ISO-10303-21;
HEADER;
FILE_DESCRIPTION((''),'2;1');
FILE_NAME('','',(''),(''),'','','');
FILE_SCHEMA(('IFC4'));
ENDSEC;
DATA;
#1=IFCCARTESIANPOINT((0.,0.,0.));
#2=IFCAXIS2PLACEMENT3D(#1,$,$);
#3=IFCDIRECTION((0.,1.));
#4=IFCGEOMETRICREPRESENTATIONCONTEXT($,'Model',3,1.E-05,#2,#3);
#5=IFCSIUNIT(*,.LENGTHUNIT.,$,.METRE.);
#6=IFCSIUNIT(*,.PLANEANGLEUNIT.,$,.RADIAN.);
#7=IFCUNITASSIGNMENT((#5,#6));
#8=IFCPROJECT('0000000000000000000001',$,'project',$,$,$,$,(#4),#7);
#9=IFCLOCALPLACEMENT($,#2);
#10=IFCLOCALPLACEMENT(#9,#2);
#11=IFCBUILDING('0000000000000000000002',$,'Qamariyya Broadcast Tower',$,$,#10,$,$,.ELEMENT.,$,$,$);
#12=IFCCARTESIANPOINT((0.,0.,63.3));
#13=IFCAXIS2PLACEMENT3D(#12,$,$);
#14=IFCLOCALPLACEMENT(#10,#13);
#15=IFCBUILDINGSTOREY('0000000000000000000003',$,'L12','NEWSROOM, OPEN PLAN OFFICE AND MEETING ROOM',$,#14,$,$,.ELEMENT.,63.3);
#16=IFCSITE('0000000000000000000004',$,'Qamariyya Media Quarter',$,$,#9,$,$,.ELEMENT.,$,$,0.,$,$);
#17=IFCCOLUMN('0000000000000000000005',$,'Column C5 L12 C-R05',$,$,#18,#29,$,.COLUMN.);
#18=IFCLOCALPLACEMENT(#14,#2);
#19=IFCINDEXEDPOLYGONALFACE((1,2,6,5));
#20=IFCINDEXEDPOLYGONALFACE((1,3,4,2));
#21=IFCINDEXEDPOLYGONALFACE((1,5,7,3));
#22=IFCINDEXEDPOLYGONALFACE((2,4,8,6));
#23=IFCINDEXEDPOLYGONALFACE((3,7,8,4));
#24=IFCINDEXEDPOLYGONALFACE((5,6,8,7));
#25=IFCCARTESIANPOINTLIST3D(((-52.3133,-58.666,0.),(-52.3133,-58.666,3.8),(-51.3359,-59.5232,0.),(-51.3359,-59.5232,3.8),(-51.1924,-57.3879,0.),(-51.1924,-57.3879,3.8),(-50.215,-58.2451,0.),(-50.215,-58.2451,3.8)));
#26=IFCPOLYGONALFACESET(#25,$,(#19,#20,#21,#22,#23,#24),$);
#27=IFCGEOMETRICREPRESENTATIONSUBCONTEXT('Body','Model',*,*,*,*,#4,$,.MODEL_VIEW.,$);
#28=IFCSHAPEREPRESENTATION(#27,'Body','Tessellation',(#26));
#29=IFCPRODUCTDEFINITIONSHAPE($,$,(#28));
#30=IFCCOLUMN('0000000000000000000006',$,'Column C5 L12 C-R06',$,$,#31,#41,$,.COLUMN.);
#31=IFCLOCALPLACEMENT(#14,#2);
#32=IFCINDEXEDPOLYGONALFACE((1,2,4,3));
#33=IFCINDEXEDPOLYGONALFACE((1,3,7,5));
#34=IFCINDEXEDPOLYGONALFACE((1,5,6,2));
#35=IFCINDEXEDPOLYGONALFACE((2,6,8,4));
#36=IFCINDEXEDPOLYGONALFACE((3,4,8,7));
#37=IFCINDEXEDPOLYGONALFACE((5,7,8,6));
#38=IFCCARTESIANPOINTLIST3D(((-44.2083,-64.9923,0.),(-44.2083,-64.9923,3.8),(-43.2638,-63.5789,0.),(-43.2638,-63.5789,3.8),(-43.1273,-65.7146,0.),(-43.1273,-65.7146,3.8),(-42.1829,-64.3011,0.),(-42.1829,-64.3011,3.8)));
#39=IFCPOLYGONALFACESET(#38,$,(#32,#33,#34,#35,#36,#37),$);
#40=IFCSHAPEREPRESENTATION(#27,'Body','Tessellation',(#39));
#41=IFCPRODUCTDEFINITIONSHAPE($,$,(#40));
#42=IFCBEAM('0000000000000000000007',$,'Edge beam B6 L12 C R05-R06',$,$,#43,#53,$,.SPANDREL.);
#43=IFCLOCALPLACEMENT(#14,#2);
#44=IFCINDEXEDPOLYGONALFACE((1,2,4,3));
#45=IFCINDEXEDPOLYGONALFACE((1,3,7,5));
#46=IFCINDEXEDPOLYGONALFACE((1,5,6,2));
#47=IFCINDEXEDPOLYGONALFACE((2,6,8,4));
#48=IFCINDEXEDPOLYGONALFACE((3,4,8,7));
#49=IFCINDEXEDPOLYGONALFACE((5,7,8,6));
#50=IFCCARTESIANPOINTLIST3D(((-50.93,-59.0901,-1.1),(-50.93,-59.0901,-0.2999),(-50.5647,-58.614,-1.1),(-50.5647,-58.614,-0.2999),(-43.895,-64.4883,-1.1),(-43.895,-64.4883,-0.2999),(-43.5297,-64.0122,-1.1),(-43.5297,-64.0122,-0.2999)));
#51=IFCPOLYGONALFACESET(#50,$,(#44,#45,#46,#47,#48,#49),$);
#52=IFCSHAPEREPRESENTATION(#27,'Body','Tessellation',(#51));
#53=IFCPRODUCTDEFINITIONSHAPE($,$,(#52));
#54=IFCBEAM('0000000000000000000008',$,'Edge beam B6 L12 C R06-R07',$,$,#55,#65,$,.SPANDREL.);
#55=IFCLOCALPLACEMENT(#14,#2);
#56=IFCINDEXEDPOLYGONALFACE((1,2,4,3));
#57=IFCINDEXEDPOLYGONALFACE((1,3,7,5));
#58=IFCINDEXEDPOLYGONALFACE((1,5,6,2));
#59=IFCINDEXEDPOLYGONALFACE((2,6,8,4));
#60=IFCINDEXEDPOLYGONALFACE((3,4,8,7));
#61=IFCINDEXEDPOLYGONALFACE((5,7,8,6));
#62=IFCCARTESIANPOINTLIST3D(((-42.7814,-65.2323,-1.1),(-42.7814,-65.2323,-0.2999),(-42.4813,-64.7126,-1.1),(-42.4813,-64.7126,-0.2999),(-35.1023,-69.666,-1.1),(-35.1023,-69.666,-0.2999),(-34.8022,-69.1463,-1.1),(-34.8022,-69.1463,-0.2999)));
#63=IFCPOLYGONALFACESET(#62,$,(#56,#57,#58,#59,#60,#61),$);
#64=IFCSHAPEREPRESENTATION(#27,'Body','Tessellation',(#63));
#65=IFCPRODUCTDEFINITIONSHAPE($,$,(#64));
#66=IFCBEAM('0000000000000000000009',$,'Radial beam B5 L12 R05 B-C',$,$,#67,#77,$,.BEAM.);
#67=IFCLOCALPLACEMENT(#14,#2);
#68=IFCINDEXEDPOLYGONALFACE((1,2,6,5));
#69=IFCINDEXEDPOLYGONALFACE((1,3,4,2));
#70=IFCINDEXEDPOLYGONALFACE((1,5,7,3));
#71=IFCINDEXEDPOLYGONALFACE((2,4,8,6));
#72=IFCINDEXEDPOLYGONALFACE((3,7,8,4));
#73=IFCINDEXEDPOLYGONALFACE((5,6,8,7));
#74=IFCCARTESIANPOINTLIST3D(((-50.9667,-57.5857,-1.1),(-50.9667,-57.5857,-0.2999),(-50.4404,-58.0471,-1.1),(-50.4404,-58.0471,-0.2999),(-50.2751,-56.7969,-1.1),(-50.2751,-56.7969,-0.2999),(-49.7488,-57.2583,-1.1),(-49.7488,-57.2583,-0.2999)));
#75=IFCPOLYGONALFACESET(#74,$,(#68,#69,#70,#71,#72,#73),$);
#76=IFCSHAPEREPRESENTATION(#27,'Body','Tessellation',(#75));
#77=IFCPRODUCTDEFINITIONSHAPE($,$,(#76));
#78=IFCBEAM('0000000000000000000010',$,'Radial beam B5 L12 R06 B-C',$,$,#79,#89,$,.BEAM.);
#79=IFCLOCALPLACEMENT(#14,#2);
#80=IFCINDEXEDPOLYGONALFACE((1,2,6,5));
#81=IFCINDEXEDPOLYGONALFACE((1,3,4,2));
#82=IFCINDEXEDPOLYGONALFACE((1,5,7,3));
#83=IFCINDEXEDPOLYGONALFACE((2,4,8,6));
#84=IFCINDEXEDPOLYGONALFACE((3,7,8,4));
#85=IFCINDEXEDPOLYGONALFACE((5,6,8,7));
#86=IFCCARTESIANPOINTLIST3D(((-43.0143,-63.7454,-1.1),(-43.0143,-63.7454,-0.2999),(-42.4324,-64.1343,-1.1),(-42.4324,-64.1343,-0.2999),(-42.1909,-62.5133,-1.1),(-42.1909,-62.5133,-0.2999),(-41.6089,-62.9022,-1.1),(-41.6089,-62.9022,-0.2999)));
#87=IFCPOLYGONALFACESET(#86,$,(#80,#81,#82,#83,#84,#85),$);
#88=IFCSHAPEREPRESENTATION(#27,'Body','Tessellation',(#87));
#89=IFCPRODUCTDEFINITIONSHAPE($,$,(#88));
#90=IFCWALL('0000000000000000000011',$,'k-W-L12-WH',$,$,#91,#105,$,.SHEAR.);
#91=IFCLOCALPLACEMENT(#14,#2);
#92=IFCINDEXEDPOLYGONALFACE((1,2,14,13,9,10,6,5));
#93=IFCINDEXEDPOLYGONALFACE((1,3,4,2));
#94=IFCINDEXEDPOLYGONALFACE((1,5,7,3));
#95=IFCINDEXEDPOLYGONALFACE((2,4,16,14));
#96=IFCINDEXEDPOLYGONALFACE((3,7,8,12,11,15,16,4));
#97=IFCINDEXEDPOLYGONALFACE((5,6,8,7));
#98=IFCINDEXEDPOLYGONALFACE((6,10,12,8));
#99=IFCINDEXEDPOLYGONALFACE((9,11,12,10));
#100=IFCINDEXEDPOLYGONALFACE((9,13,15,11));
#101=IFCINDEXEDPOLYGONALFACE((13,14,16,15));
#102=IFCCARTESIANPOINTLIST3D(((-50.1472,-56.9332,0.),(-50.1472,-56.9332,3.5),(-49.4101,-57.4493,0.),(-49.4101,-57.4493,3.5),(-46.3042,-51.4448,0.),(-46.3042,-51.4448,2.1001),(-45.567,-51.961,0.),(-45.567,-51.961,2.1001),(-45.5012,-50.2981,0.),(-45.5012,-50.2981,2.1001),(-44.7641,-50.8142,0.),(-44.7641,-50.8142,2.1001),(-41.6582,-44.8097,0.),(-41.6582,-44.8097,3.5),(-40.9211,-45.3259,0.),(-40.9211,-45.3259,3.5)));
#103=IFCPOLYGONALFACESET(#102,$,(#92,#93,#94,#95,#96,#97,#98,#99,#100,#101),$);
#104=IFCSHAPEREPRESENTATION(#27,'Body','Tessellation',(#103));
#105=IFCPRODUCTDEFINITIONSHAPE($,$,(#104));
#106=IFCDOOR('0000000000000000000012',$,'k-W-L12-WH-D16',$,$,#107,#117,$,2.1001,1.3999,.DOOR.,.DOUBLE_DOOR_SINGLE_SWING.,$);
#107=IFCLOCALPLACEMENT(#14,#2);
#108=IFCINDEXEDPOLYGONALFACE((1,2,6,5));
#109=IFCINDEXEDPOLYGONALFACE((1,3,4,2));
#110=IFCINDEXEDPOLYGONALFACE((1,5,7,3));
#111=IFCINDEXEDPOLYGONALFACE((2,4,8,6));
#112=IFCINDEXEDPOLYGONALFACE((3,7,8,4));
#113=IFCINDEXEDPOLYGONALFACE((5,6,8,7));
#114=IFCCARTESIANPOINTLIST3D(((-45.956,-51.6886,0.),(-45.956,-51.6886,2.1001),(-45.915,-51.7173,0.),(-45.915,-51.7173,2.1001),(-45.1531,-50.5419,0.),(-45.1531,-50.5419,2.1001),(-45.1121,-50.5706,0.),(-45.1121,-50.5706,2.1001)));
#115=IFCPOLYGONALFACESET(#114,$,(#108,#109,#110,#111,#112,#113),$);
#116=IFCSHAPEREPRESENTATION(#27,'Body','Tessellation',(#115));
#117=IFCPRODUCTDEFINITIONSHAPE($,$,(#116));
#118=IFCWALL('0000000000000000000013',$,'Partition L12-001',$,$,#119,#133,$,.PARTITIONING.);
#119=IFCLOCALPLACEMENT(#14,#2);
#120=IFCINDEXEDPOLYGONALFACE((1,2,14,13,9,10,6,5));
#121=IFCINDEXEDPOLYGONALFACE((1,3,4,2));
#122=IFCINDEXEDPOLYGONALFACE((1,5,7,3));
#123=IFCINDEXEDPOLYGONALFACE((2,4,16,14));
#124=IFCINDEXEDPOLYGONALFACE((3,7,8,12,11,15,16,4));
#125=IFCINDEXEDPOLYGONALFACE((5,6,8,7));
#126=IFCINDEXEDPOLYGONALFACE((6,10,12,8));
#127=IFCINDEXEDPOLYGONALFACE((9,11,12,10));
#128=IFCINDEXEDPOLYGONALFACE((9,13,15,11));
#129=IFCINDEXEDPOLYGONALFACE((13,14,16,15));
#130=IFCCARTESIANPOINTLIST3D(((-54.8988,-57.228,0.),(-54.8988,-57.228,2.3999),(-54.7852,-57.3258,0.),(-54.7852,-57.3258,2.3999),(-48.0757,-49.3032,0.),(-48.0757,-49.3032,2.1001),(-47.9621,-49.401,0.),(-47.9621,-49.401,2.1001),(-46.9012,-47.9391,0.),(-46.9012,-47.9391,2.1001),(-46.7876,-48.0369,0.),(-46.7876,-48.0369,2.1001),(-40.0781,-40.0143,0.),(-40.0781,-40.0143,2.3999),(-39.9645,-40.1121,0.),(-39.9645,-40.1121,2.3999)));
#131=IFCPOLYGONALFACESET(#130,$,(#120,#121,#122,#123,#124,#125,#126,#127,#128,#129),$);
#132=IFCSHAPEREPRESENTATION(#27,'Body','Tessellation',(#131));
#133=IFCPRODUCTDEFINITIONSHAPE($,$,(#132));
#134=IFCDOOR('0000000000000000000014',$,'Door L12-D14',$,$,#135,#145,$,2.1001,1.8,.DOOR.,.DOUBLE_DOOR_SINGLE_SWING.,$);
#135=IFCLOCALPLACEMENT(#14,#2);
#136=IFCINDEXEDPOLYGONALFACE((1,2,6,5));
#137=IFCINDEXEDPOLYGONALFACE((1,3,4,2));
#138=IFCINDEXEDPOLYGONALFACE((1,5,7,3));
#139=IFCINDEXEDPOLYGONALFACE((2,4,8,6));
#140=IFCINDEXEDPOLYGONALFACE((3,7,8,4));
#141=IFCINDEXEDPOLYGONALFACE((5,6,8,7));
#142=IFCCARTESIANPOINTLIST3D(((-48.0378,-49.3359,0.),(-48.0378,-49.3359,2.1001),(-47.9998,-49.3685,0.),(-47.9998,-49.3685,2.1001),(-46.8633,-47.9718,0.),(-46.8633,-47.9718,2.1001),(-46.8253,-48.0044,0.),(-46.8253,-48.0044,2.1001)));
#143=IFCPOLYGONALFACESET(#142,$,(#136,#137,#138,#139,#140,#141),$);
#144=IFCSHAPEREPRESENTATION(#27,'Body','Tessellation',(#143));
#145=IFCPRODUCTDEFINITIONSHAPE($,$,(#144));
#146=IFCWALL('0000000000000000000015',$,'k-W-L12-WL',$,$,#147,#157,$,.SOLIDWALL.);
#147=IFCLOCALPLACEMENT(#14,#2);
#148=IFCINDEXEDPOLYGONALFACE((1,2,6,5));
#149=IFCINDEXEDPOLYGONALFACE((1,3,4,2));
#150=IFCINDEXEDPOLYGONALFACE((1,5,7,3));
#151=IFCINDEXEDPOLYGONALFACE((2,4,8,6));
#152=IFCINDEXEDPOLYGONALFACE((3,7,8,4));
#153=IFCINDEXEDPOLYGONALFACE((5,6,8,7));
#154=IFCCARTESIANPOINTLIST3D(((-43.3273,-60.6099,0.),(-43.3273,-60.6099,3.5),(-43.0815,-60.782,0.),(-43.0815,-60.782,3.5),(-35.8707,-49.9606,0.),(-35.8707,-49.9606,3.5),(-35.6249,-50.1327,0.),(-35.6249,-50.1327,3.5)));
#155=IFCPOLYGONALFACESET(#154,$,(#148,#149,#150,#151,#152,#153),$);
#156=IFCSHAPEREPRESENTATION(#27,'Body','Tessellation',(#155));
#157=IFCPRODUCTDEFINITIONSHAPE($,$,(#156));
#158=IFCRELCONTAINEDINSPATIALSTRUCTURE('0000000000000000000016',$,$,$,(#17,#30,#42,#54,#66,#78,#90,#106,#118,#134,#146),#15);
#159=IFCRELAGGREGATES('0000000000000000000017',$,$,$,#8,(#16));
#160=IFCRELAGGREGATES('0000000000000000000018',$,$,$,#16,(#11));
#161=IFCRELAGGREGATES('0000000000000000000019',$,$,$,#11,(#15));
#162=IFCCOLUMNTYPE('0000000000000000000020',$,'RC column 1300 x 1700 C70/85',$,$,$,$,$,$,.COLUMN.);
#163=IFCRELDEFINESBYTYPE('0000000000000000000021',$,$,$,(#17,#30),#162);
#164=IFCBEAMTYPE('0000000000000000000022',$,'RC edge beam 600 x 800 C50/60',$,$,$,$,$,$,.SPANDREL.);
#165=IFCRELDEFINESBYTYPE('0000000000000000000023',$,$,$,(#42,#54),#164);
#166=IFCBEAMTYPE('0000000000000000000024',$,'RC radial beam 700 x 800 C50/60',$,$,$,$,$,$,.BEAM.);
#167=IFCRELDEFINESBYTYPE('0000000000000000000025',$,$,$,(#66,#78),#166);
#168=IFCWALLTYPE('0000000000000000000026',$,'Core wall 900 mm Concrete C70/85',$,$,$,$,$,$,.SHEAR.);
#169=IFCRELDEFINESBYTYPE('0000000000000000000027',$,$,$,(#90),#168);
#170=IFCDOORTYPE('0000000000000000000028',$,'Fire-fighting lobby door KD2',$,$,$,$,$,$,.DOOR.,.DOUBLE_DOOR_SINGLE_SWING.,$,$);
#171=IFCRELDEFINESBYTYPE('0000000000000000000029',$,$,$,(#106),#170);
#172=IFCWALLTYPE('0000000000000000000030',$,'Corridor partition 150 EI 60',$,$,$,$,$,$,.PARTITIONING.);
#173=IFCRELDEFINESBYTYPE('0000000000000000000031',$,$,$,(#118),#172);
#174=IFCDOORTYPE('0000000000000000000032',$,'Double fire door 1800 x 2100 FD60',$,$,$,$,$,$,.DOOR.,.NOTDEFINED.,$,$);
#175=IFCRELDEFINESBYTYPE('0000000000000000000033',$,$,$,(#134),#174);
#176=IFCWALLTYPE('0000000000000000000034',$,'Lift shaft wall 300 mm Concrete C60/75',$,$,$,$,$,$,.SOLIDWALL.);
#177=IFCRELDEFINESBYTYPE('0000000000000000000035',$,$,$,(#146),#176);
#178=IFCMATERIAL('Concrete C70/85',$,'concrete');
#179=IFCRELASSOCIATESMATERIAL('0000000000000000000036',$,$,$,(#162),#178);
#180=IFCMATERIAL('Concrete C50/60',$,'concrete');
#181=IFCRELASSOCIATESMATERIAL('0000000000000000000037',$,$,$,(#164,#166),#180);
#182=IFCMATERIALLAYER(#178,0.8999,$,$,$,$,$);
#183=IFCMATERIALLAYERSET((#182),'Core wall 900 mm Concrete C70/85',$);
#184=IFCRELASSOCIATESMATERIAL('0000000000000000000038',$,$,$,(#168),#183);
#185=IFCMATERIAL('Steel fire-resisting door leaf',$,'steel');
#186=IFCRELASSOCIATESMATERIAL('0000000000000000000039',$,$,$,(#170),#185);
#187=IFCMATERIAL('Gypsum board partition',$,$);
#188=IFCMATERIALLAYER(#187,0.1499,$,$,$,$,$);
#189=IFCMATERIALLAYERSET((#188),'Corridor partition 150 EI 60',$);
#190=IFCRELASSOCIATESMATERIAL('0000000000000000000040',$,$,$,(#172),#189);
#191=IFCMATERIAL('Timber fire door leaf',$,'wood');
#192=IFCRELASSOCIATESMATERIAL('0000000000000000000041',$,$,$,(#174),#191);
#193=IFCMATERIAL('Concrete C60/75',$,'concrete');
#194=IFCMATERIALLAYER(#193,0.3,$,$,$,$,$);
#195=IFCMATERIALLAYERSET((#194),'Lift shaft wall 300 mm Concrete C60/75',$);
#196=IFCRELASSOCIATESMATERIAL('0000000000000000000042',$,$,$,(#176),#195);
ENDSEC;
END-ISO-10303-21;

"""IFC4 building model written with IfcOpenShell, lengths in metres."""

from ifc_helpers import new_model, si_unit, direction, frame, frame_2d, origin, origin_2d, place, context, subcontext, project, spatial, rectangle, extrude, material, layer, layer_set, material_profile, profile_set, type_object, element, fill, save


model = new_model("IFC4")

# Units and contexts
model_context = context("Model", 3, precision=1e-05, world=origin(), true_north=direction((0.0, 1.0)))
body_context = subcontext(model_context, "Body", "Model", "MODEL_VIEW")
ifc_project = project(units=[si_unit("LENGTHUNIT", "METRE"), si_unit("PLANEANGLEUNIT", "RADIAN")], contexts=[model_context])

# Site, building, storey
site_placement = place(None, origin())
site = spatial("IfcSite", under=ifc_project, at=site_placement, Name="Qamariyya Media Quarter", CompositionType="ELEMENT", RefElevation=0.0)
building_placement = place(site_placement, origin())
building = spatial("IfcBuilding", under=site, at=building_placement, Name="Qamariyya Broadcast Tower", CompositionType="ELEMENT")
storey_placement = place(building_placement, frame((0.0, 0.0, 63.3)))
storey = spatial("IfcBuildingStorey", under=building, at=storey_placement, Name="L12", Description="NEWSROOM, OPEN PLAN OFFICE AND MEETING ROOM", CompositionType="ELEMENT", Elevation=63.3)

# Columns
ifc_material_1 = material(Name="Concrete C70/85", Category="concrete")
ifc_material_profile_1 = material_profile(ifc_material_1, rectangle(XDim=1.3, YDim=1.7, at=origin_2d()))
ifc_profile_set_1 = profile_set([ifc_material_profile_1], Name="Concrete C70/85")
column_type = type_object("IfcColumnType", Name="RC column 1300 x 1700 C70/85", PredefinedType="COLUMN", material=ifc_profile_set_1)
for number, where, z_axis, x_axis, name in (
    (1, (-51.2642, -58.4556, 0.0), (0.0, 0.0, 1.0), (0.75184, -0.659346, 0.0), "Column C5 L12 C-R05"),
    (2, (-43.1956, -64.6467, 0.0), (0.0, 0.0, 1.0), (0.83147, -0.55557, 0.0), "Column C5 L12 C-R06"),
):
    element("IfcColumn", number, at=place(storey_placement, frame(where, z_axis=z_axis, x_axis=x_axis)), inside=storey, type_object=column_type, Name=name, PredefinedType="COLUMN", context=body_context, shape_type="SweptSolid", body=[
        extrude(rectangle(XDim=1.3, YDim=1.7, at=origin_2d()), origin(), (0.0, 0.0, 1.0), 3.8),
    ])

# Beams
ifc_material_2 = material(Name="Concrete C50/60", Category="concrete")
ifc_material_profile_2 = material_profile(ifc_material_2, rectangle(XDim=0.6001, YDim=0.8, at=origin_2d()))
ifc_profile_set_2 = profile_set([ifc_material_profile_2], Name="Concrete C50/60")
beam_type_1 = type_object("IfcBeamType", Name="RC edge beam 600 x 800 C50/60", PredefinedType="SPANDREL", material=ifc_profile_set_2)
beam_1_placement = place(storey_placement, frame((-50.7473, -58.8521, -0.7), z_axis=(0.793347, -0.60877, 0.0), x_axis=(0.60877, 0.793347, 0.0)))
element("IfcBeam", 3, at=beam_1_placement, inside=storey, type_object=beam_type_1, Name="Edge beam B6 L12 C R05-R06", PredefinedType="SPANDREL", context=body_context, shape_type="SweptSolid", body=[
    extrude(rectangle(XDim=0.6001, YDim=0.8, at=origin_2d()), origin(), (0.0, 0.0, 1.0), 8.8674),
])
beam_2_placement = place(storey_placement, frame((-42.6313, -64.9724, -0.7), z_axis=(0.866013, -0.500021, 0.0), x_axis=(0.500021, 0.866013, 0.0)))
element("IfcBeam", 4, at=beam_2_placement, inside=storey, type_object=beam_type_1, Name="Edge beam B6 L12 C R06-R07", PredefinedType="SPANDREL", context=body_context, shape_type="SweptSolid", body=[
    extrude(rectangle(XDim=0.6001, YDim=0.8, at=origin_2d()), origin(), (0.0, 0.0, 1.0), 8.8672),
])
ifc_material_profile_3 = material_profile(ifc_material_2, rectangle(XDim=0.7, YDim=0.8, at=origin_2d()))
ifc_profile_set_3 = profile_set([ifc_material_profile_3], Name="Concrete C50/60")
beam_type_2 = type_object("IfcBeamType", Name="RC radial beam 700 x 800 C50/60", PredefinedType="BEAM", material=ifc_profile_set_3)
beam_3_placement = place(storey_placement, frame((-50.012, -57.0276, -0.7), z_axis=(-0.659279, -0.751899, 0.0), x_axis=(0.751899, -0.659279, 0.0)))
element("IfcBeam", 5, at=beam_3_placement, inside=storey, type_object=beam_type_2, Name="Radial beam B5 L12 R05 B-C", PredefinedType="BEAM", context=body_context, shape_type="SweptSolid", body=[
    extrude(rectangle(XDim=0.7, YDim=0.8, at=origin_2d()), origin(), (0.0, 0.0, 1.0), 1.0491),
])
beam_4_placement = place(storey_placement, frame((-41.8999, -62.7078, -0.7), z_axis=(-0.55565, -0.831416, 0.0), x_axis=(0.831416, -0.55565, 0.0)))
element("IfcBeam", 6, at=beam_4_placement, inside=storey, type_object=beam_type_2, Name="Radial beam B5 L12 R06 B-C", PredefinedType="BEAM", context=body_context, shape_type="SweptSolid", body=[
    extrude(rectangle(XDim=0.7, YDim=0.8, at=origin_2d()), origin(), (0.0, 0.0, 1.0), 1.4819),
])

# Walls, openings, doors
ifc_layer_1 = layer(ifc_material_1, 0.8999)
ifc_layer_set_1 = layer_set([ifc_layer_1], Name="Core wall 900 mm Concrete C70/85")
wall_type_1 = type_object("IfcWallType", Name="Core wall 900 mm Concrete C70/85", PredefinedType="SHEAR", material=ifc_layer_set_1)
wall_1_placement = place(storey_placement, frame((-49.7786, -57.1912, 0.0), z_axis=(0.0, 0.0, 1.0), x_axis=(0.573577, 0.819151, 0.0)))
wall_1 = element("IfcWall", 7, at=wall_1_placement, inside=storey, type_object=wall_type_1, Name="k-W-L12-WH", PredefinedType="SHEAR", context=body_context, shape_type="SweptSolid", body=[
    extrude(rectangle(XDim=14.8, YDim=0.8999, at=frame_2d((7.3999, 0.0))), origin(), (0.0, 0.0, 1.0), 3.5),
])
opening_1_placement = place(wall_1_placement, frame((6.7, 0.0, 0.0)))
opening_1 = element("IfcOpeningElement", 8, at=opening_1_placement, cuts=wall_1, PredefinedType="OPENING", context=body_context, shape_type="SweptSolid", body=[
    extrude(rectangle(XDim=1.3999, YDim=2.1001, at=frame_2d((0.7, 1.05))), frame((0.0, 0.46, 0.0), z_axis=(0.0, -1.0, 0.0), x_axis=(1.0, 0.0, 0.0)), (0.0, 0.0, 1.0), 0.9199),
])
ifc_material_3 = material(Name="Steel fire-resisting door leaf", Category="steel")
door_type_1 = type_object("IfcDoorType", Name="Fire-fighting lobby door KD2", OperationType="DOUBLE_DOOR_SINGLE_SWING", PredefinedType="DOOR", material=ifc_material_3)
door_1_placement = place(opening_1_placement, origin())
door_1 = element("IfcDoor", 9, at=door_1_placement, inside=storey, type_object=door_type_1, Name="k-W-L12-WH-D16", OperationType="DOUBLE_DOOR_SINGLE_SWING", OverallHeight=2.1001, OverallWidth=1.3999, PredefinedType="DOOR", context=body_context, shape_type="SweptSolid", body=[
    extrude(rectangle(XDim=1.3999, YDim=2.1001, at=frame_2d((0.7, 1.05))), frame((0.0, 0.0249, 0.0), z_axis=(0.0, -1.0, 0.0), x_axis=(1.0, 0.0, 0.0)), (0.0, 0.0, 1.0), 0.05),
])
fill(opening_1, door_1)
ifc_material_4 = material(Name="Gypsum board partition")
ifc_layer_2 = layer(ifc_material_4, 0.1499)
ifc_layer_set_2 = layer_set([ifc_layer_2], Name="Corridor partition 150 EI 60")
wall_type_2 = type_object("IfcWallType", Name="Corridor partition 150 EI 60", PredefinedType="PARTITIONING", material=ifc_layer_set_2)
wall_2_placement = place(storey_placement, frame((-54.842, -57.2769, 0.0), z_axis=(0.0, 0.0, 1.0), x_axis=(0.652472, 0.757813, 0.0)))
wall_2 = element("IfcWall", 10, at=wall_2_placement, inside=storey, type_object=wall_type_2, Name="Partition L12-001", PredefinedType="PARTITIONING", context=body_context, shape_type="SweptSolid", body=[
    extrude(rectangle(XDim=22.7148, YDim=0.1499, at=frame_2d((11.3574, 0.0))), origin(), (0.0, 0.0, 1.0), 2.3999),
])
opening_2_placement = place(wall_2_placement, frame((10.4575, 0.0, 0.0)))
opening_2 = element("IfcOpeningElement", 11, at=opening_2_placement, cuts=wall_2, PredefinedType="OPENING", context=body_context, shape_type="SweptSolid", body=[
    extrude(rectangle(XDim=1.8, YDim=2.1001, at=frame_2d((0.8999, 1.05))), frame((0.0, 0.085, 0.0), z_axis=(0.0, -1.0, 0.0), x_axis=(1.0, 0.0, 0.0)), (0.0, 0.0, 1.0), 0.1699),
])
ifc_material_5 = material(Name="Timber fire door leaf", Category="wood")
door_type_2 = type_object("IfcDoorType", Name="Double fire door 1800 x 2100 FD60", OperationType="NOTDEFINED", PredefinedType="DOOR", material=ifc_material_5)
door_2_placement = place(opening_2_placement, origin())
door_2 = element("IfcDoor", 12, at=door_2_placement, inside=storey, type_object=door_type_2, Name="Door L12-D14", OperationType="DOUBLE_DOOR_SINGLE_SWING", OverallHeight=2.1001, OverallWidth=1.8, PredefinedType="DOOR", context=body_context, shape_type="SweptSolid", body=[
    extrude(rectangle(XDim=1.8, YDim=2.1001, at=frame_2d((0.8999, 1.05))), frame((0.0, 0.0249, 0.0), z_axis=(0.0, -1.0, 0.0), x_axis=(1.0, 0.0, 0.0)), (0.0, 0.0, 1.0), 0.05),
])
fill(opening_2, door_2)

# Wall
ifc_material_6 = material(Name="Concrete C60/75", Category="concrete")
ifc_layer_3 = layer(ifc_material_6, 0.3)
ifc_layer_set_3 = layer_set([ifc_layer_3], Name="Lift shaft wall 300 mm Concrete C60/75")
wall_type_3 = type_object("IfcWallType", Name="Lift shaft wall 300 mm Concrete C60/75", PredefinedType="SOLIDWALL", material=ifc_layer_set_3)
wall_3_placement = place(storey_placement, frame((-43.2043, -60.6958, 0.0), z_axis=(0.0, 0.0, 1.0), x_axis=(0.573572, 0.819155, 0.0)))
element("IfcWall", 13, at=wall_3_placement, inside=storey, type_object=wall_type_3, Name="k-W-L12-WL", PredefinedType="SOLIDWALL", context=body_context, shape_type="SweptSolid", body=[
    extrude(rectangle(XDim=13.0002, YDim=0.3, at=frame_2d((6.5, 0.0))), origin(), (0.0, 0.0, 1.0), 3.5),
])

save(model, "model.ifc")
